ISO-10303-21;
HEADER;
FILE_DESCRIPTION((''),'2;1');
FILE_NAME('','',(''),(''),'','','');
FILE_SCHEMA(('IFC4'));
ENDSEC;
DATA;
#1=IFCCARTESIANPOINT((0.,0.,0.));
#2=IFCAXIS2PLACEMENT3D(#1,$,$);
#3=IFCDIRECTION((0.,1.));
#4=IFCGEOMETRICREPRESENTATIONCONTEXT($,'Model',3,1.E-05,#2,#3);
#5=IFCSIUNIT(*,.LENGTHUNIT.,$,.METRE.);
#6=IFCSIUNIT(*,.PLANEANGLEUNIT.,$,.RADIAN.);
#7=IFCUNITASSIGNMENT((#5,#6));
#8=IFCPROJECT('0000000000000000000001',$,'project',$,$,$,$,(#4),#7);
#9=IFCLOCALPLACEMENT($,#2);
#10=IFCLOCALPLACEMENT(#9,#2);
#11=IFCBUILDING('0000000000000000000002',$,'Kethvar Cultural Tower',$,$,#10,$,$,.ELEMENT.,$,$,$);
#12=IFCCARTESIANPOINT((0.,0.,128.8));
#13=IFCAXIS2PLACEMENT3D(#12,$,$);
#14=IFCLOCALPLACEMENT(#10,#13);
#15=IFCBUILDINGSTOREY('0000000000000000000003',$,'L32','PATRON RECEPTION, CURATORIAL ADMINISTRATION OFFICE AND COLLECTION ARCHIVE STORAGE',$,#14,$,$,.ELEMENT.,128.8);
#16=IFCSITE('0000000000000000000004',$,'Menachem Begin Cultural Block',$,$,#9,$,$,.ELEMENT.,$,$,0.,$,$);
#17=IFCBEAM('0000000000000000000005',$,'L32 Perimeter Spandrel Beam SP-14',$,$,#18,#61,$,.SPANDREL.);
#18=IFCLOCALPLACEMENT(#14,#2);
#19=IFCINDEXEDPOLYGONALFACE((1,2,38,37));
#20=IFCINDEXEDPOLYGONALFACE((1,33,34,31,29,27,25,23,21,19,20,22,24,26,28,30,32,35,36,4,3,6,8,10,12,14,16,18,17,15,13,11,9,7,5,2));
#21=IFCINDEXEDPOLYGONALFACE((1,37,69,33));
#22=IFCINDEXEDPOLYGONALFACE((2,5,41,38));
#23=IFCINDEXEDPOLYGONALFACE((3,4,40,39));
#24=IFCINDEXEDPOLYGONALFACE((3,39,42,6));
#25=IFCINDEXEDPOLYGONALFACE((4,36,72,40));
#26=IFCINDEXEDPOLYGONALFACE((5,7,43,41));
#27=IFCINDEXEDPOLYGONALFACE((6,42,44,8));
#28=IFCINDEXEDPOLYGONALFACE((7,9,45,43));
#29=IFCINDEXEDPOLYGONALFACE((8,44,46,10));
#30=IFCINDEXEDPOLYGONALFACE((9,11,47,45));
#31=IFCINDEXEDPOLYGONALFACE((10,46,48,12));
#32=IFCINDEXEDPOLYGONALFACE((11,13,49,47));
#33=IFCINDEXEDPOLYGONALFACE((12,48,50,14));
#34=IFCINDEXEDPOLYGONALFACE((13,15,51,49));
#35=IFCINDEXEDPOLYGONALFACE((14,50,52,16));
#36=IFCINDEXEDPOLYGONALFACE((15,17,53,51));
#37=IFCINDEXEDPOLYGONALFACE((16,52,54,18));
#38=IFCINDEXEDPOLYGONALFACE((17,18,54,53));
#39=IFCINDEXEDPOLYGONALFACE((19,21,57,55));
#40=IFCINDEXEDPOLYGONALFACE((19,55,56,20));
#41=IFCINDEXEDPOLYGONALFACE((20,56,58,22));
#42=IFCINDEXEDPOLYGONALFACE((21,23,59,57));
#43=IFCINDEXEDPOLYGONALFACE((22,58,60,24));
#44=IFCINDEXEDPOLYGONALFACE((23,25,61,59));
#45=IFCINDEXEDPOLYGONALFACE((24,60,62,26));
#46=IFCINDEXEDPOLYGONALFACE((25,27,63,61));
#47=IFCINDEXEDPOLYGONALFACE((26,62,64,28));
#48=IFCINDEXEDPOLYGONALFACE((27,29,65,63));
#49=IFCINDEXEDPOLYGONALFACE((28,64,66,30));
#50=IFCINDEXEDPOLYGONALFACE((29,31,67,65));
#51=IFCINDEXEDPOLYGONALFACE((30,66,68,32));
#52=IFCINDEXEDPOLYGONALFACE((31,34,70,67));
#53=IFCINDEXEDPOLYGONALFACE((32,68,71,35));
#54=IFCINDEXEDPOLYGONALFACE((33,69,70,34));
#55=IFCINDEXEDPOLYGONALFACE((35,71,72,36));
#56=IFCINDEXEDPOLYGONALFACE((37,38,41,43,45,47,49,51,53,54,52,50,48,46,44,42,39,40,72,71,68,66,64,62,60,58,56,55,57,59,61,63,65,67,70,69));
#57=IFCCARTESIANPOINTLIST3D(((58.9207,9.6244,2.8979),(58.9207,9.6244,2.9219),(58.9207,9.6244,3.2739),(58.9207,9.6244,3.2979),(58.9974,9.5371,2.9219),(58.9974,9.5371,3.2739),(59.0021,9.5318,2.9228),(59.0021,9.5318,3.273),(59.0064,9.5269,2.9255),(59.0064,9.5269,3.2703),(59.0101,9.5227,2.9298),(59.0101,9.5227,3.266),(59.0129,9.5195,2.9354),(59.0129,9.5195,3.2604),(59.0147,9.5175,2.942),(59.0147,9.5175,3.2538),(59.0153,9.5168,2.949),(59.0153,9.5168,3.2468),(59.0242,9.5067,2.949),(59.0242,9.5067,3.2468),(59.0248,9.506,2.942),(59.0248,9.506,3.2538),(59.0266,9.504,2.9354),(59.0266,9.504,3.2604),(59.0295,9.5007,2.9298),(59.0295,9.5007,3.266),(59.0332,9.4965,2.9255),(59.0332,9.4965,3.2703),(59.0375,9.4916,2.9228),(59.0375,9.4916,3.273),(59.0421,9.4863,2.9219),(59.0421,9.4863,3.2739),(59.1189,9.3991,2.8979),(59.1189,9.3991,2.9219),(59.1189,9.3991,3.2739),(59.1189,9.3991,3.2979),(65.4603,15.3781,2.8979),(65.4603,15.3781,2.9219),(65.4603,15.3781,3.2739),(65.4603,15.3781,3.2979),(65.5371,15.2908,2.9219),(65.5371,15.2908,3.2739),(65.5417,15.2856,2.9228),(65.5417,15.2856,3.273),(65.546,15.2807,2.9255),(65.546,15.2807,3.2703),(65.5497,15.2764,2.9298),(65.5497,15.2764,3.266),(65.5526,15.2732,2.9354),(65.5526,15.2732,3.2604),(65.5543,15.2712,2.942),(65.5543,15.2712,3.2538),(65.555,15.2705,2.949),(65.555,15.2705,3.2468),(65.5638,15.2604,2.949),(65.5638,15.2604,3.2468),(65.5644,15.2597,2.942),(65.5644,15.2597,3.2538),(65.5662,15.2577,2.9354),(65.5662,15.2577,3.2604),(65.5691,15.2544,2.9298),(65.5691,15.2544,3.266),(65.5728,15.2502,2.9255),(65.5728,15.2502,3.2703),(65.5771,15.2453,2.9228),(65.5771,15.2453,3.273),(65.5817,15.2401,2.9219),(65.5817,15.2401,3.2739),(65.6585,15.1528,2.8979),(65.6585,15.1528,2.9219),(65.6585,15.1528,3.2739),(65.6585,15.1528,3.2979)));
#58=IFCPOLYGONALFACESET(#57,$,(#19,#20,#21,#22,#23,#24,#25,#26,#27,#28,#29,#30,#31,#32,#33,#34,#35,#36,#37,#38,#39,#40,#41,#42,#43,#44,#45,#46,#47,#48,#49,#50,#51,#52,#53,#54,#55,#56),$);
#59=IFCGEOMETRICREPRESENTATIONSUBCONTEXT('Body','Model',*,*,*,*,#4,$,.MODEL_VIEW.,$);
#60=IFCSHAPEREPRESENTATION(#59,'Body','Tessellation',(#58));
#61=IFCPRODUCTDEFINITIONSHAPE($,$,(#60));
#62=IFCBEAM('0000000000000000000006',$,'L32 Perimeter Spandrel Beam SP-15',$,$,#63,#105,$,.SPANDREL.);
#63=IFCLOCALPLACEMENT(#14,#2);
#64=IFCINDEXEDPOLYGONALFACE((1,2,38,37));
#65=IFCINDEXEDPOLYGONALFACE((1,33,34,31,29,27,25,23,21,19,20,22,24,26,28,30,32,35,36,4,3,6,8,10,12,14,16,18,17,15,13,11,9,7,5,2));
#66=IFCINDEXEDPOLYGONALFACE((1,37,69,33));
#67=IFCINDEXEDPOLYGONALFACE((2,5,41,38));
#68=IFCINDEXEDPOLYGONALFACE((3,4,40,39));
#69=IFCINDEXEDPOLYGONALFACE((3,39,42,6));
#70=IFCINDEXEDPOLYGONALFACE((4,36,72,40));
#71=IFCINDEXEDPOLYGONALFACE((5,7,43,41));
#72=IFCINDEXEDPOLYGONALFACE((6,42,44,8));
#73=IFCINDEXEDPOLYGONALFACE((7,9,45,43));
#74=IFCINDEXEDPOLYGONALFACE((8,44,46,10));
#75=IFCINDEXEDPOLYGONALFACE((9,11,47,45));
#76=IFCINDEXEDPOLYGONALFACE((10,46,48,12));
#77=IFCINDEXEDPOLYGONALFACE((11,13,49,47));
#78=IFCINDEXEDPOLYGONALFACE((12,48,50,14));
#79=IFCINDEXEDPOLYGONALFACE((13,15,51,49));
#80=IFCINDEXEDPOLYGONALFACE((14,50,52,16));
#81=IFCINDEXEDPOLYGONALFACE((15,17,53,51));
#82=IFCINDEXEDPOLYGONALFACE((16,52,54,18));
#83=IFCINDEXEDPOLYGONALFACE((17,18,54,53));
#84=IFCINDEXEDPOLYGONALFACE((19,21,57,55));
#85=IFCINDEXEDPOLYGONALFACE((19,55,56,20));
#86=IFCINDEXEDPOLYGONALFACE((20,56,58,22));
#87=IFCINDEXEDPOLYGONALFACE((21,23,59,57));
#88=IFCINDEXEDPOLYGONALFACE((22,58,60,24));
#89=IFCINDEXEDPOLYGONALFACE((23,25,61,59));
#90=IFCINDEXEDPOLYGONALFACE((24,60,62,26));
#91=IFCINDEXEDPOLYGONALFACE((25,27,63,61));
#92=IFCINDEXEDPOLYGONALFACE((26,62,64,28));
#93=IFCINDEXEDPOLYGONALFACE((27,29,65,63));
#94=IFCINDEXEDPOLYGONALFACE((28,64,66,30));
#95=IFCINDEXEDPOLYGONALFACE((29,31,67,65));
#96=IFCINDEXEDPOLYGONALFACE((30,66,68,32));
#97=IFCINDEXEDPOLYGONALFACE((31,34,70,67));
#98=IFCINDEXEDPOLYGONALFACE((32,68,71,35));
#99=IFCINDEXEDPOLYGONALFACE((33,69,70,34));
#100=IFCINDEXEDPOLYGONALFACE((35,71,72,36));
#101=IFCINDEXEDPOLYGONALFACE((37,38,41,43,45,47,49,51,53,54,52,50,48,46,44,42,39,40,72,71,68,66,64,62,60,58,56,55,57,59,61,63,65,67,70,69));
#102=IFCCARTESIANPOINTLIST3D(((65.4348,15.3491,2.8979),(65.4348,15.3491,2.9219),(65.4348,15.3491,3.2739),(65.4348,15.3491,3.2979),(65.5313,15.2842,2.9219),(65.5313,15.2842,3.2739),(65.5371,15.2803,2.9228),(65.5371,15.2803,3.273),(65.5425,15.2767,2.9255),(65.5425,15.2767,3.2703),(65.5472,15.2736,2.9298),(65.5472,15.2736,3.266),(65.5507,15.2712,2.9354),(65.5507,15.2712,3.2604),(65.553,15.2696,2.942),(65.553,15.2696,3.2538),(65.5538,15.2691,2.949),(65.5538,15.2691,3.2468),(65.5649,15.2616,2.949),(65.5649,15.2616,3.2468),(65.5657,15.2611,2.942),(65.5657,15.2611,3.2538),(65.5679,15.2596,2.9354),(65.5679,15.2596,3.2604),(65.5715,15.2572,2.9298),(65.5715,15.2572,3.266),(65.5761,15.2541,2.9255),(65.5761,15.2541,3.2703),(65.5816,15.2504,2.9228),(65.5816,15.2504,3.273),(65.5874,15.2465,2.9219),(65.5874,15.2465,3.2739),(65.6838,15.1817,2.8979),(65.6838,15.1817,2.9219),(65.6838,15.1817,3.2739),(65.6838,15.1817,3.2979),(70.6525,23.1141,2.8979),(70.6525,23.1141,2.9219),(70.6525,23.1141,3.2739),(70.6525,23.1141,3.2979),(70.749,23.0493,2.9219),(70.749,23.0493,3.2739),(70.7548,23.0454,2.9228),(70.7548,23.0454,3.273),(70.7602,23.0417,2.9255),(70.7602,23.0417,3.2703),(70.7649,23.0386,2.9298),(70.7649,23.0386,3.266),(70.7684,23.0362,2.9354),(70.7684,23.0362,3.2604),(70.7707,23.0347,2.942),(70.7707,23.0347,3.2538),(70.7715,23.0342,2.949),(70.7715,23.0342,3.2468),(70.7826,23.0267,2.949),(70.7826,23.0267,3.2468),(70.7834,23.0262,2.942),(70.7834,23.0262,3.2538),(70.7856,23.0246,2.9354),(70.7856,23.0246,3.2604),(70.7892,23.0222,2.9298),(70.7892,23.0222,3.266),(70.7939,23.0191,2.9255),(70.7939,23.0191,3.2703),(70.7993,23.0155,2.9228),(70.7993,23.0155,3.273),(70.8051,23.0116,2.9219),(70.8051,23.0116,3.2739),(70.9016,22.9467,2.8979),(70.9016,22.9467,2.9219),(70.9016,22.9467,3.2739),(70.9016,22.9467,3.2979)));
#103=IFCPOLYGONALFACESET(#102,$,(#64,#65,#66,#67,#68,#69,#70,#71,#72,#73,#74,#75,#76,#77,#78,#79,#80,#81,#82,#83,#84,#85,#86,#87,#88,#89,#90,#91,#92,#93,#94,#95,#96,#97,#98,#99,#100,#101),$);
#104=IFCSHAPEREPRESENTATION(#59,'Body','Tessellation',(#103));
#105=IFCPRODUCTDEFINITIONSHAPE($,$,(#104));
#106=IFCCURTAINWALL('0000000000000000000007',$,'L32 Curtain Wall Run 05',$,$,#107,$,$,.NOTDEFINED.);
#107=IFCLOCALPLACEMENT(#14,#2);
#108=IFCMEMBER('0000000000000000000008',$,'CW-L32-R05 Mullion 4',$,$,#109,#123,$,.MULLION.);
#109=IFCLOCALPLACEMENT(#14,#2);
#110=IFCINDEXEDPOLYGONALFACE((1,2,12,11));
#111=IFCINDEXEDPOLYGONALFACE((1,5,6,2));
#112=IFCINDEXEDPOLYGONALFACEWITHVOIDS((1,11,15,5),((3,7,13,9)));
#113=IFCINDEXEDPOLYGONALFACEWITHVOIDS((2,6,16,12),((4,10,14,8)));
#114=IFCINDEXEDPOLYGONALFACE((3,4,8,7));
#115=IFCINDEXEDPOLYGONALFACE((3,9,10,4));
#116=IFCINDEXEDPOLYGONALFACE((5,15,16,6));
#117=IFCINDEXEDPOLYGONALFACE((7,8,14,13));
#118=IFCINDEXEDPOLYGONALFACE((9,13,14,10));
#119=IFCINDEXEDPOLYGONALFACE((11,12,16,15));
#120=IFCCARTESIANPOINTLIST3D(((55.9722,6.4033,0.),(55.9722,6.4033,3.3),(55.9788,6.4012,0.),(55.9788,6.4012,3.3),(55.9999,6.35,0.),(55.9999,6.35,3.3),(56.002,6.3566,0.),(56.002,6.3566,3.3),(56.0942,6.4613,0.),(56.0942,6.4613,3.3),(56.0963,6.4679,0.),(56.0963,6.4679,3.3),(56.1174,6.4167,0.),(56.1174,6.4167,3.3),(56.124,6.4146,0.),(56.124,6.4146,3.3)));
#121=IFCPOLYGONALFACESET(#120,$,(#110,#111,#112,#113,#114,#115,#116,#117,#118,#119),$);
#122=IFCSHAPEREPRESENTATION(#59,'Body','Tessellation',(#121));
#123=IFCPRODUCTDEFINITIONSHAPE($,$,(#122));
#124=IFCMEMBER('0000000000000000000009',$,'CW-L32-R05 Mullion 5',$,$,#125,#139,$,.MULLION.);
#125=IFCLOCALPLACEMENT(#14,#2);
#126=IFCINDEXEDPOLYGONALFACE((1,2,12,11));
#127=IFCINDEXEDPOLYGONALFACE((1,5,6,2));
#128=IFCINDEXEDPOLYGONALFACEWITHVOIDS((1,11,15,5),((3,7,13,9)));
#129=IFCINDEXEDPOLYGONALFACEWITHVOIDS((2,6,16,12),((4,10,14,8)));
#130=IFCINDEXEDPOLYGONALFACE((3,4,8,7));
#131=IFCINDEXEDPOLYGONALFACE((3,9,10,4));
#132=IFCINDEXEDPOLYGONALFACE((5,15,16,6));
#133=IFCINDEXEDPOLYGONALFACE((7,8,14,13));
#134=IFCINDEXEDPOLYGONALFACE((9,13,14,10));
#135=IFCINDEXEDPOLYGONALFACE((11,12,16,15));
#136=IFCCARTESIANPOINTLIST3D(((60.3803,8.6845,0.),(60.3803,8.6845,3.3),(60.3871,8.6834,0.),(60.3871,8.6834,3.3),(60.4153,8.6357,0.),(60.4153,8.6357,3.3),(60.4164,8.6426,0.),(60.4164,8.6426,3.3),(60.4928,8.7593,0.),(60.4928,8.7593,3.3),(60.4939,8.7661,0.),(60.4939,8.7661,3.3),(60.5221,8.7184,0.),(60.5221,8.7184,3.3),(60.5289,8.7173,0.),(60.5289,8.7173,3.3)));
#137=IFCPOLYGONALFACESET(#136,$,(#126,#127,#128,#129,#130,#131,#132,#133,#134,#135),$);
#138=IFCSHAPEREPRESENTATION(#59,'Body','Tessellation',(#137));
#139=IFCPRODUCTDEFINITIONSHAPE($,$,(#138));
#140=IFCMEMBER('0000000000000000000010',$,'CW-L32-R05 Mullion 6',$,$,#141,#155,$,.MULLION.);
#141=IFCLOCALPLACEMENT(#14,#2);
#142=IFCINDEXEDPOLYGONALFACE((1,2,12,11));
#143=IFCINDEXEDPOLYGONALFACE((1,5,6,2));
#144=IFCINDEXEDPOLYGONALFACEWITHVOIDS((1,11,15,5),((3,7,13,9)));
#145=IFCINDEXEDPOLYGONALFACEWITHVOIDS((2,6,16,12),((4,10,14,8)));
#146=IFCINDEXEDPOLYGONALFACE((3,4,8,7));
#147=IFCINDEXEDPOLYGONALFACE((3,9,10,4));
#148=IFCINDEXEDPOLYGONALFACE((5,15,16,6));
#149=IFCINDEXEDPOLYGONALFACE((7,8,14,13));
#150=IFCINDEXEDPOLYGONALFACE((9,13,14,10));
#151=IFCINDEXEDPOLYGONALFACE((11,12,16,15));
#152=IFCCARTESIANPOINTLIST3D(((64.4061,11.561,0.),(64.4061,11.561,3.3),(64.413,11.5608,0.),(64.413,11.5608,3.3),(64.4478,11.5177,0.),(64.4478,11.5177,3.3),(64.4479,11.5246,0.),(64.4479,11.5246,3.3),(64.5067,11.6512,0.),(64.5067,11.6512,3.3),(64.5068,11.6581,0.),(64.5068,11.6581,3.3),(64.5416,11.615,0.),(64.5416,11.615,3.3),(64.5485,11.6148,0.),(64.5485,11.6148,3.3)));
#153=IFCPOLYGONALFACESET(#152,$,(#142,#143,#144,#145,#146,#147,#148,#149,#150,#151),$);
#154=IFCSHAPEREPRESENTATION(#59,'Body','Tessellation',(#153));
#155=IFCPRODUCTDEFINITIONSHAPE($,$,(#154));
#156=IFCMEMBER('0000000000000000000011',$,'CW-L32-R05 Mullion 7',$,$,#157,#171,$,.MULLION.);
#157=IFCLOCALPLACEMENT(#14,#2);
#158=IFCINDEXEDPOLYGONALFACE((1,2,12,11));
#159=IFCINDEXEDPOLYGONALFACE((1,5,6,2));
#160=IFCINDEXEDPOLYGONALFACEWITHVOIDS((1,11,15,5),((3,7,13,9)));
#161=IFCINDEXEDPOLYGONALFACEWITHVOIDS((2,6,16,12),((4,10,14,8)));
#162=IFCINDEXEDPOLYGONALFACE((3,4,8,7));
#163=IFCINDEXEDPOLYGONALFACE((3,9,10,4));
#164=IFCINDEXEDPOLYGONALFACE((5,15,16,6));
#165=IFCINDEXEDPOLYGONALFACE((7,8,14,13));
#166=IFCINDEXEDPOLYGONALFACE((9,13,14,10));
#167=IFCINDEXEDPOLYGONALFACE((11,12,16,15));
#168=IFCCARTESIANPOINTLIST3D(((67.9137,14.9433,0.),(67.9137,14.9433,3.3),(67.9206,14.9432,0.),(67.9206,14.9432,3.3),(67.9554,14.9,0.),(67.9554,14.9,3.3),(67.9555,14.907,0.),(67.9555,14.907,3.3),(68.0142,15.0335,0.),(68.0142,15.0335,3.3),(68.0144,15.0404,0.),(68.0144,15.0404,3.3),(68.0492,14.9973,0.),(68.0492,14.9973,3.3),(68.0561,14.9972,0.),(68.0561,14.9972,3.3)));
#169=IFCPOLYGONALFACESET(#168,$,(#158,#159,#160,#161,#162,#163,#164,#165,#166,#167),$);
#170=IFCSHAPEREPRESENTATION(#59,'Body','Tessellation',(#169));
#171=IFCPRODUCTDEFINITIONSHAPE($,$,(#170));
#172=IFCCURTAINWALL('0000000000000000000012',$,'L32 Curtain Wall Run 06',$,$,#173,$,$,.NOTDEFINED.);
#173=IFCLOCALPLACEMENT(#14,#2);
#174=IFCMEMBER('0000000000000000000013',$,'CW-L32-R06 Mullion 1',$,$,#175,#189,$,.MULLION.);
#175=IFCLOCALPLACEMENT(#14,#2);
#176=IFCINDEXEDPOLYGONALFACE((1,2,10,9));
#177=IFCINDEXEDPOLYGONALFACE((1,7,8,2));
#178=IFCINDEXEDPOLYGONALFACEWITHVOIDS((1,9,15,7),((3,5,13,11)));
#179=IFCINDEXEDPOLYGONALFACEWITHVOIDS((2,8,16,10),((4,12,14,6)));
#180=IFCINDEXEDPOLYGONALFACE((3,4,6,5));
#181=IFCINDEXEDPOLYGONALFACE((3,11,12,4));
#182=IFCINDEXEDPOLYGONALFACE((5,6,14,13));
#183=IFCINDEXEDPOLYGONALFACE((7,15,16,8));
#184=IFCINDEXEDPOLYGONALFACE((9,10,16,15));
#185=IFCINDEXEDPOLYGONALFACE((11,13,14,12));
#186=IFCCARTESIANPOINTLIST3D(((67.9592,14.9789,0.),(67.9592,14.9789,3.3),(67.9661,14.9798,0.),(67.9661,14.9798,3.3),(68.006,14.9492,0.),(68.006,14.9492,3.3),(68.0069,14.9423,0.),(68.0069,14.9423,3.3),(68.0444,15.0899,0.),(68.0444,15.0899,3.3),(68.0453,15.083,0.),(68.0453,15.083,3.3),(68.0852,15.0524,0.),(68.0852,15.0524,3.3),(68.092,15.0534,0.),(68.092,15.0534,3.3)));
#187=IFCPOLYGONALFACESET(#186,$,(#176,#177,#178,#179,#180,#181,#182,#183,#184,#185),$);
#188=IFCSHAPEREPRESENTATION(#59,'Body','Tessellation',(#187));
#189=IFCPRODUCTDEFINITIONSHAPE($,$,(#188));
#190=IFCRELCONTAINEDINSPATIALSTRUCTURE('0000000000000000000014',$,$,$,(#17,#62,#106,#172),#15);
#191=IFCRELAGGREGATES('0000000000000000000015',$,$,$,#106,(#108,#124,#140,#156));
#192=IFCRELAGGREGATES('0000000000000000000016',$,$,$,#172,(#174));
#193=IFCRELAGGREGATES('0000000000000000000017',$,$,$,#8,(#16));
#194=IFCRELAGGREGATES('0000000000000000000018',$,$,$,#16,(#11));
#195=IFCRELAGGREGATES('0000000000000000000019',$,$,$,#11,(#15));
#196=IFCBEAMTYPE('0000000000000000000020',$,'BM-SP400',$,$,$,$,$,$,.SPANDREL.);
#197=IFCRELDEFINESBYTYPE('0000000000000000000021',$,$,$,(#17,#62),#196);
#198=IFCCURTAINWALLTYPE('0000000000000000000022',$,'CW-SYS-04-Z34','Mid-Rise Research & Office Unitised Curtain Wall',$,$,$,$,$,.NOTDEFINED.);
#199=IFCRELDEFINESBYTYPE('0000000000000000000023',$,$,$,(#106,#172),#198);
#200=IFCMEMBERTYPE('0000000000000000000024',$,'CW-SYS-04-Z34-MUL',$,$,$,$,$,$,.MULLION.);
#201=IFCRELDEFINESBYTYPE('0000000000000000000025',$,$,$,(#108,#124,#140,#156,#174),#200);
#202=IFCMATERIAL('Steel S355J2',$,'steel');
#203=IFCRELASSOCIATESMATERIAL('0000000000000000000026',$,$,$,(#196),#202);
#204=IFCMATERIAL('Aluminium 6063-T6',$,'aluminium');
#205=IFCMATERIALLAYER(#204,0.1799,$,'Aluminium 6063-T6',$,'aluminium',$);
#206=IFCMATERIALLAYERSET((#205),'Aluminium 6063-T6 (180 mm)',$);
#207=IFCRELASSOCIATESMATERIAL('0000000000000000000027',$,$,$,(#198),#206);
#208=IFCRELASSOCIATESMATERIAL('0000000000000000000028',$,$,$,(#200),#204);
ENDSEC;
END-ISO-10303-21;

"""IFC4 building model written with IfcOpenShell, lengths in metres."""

from ifc_helpers import new_model, si_unit, direction, frame, origin, origin_2d, place, context, subcontext, project, spatial, hollow_rectangle, i_section, extrude, source, transform, mapped, material, layer, layer_set, material_profile, profile_set, type_object, element, aggregate, save


model = new_model("IFC4")

# Units and contexts
model_context = context("Model", 3, precision=1e-05, world=origin(), true_north=direction((0.0, 1.0)))
body_context = subcontext(model_context, "Body", "Model", "MODEL_VIEW")
ifc_project = project(units=[si_unit("LENGTHUNIT", "METRE"), si_unit("PLANEANGLEUNIT", "RADIAN")], contexts=[model_context])

# Site, building, storey
site_placement = place(None, origin())
site = spatial("IfcSite", under=ifc_project, at=site_placement, Name="Menachem Begin Cultural Block", CompositionType="ELEMENT", RefElevation=0.0)
building_placement = place(site_placement, origin())
building = spatial("IfcBuilding", under=site, at=building_placement, Name="Kethvar Cultural Tower", CompositionType="ELEMENT")
storey_placement = place(building_placement, frame((0.0, 0.0, 128.8)))
storey = spatial("IfcBuildingStorey", under=building, at=storey_placement, Name="L32", Description="PATRON RECEPTION, CURATORIAL ADMINISTRATION OFFICE AND COLLECTION ARCHIVE STORAGE", CompositionType="ELEMENT", Elevation=128.8)

# Beams
ifc_material_1 = material(Name="Steel S355J2", Category="steel")
ifc_material_profile_1 = material_profile(ifc_material_1, i_section(OverallWidth=0.3, OverallDepth=0.3999, WebThickness=0.0134, FlangeThickness=0.0239, FilletRadius=0.0271, at=origin_2d()), Name="Steel S355J2 — HEB400")
ifc_profile_set_1 = profile_set([ifc_material_profile_1], Name="Steel S355J2 — HEB400")
beam_type_1 = type_object("IfcBeamType", Name="BM-SP400", PredefinedType="SPANDREL", material=ifc_profile_set_1)
shared_shape_1 = source(origin(), body_context, "Body", "SweptSolid", [
    extrude(i_section(OverallWidth=0.3, OverallDepth=0.3999, WebThickness=0.0134, FlangeThickness=0.0239, FilletRadius=0.0271, at=origin_2d()), origin(), (0.0, 0.0, 1.0), 8.7104),
])
beam_1_placement = place(storey_placement, frame((59.0198, 9.5117, 3.0979), z_axis=(0.750779, 0.660554, 0.0), x_axis=(-0.660554, 0.750779, 0.0)))
element("IfcBeam", 1, at=beam_1_placement, inside=storey, type_object=beam_type_1, Name="L32 Perimeter Spandrel Beam SP-14", PredefinedType="SPANDREL", context=body_context, shape_type="MappedRepresentation", body=[
    mapped(shared_shape_1, transform((0.0, 0.0, 0.0), scale=1.0)),
])
shared_shape_2 = source(origin(), body_context, "Body", "SweptSolid", [
    extrude(i_section(OverallWidth=0.3, OverallDepth=0.3999, WebThickness=0.0134, FlangeThickness=0.0239, FilletRadius=0.0271, at=origin_2d()), origin(), (0.0, 0.0, 1.0), 9.3552),
])
beam_2_placement = place(storey_placement, frame((65.5593, 15.2654, 3.0979), z_axis=(0.557732, 0.830021, 0.0), x_axis=(-0.830021, 0.557732, 0.0)))
element("IfcBeam", 2, at=beam_2_placement, inside=storey, type_object=beam_type_1, Name="L32 Perimeter Spandrel Beam SP-15", PredefinedType="SPANDREL", context=body_context, shape_type="MappedRepresentation", body=[
    mapped(shared_shape_2, transform((0.0, 0.0, 0.0), scale=1.0)),
])

# Curtain wall, members
ifc_material_2 = material(Name="Aluminium 6063-T6", Category="aluminium")
ifc_layer_1 = layer(ifc_material_2, 0.1799, Name="Aluminium 6063-T6", Category="aluminium")
ifc_layer_set_1 = layer_set([ifc_layer_1], Name="Aluminium 6063-T6 (180 mm)")
curtain_wall_type = type_object("IfcCurtainWallType", Name="CW-SYS-04-Z34", Description="Mid-Rise Research & Office Unitised Curtain Wall", PredefinedType="NOTDEFINED", material=ifc_layer_set_1)
curtain_wall_1_placement = place(storey_placement, origin())
curtain_wall_1 = element("IfcCurtainWall", 3, at=curtain_wall_1_placement, inside=storey, type_object=curtain_wall_type, Name="L32 Curtain Wall Run 05", PredefinedType="NOTDEFINED")
ifc_material_profile_2 = material_profile(ifc_material_2, hollow_rectangle(XDim=0.0601, YDim=0.1399, WallThickness=0.0049, at=origin_2d()), Name="Aluminium 6063-T6 — RHS140x60x5")
ifc_profile_set_2 = profile_set([ifc_material_profile_2], Name="Aluminium 6063-T6 — RHS140x60x5")
member_type_1 = type_object("IfcMemberType", Name="CW-SYS-04-Z34-MUL", PredefinedType="MULLION", material=ifc_profile_set_2)
shared_shape_3 = source(origin(), body_context, "Body", "SweptSolid", [
    extrude(hollow_rectangle(XDim=0.0601, YDim=0.1399, WallThickness=0.0049, at=origin_2d()), origin(), (0.0, 0.0, 1.0), 3.3),
])
member_1_placement = place(storey_placement, frame((56.0481, 6.4089, 0.0), z_axis=(0.0, 0.0, 1.0), x_axis=(-0.461656, 0.887059, 0.0)))
member_1 = element("IfcMember", 4, at=member_1_placement, type_object=member_type_1, Name="CW-L32-R05 Mullion 4", PredefinedType="MULLION", context=body_context, shape_type="MappedRepresentation", body=[
    mapped(shared_shape_3, transform((0.0, 0.0, 0.0), scale=1.0)),
])
member_2_placement = place(storey_placement, frame((60.4546, 8.7009, 0.0), z_axis=(0.0, 0.0, 1.0), x_axis=(-0.583229, 0.812308, 0.0)))
member_2 = element("IfcMember", 5, at=member_2_placement, type_object=member_type_1, Name="CW-L32-R05 Mullion 5", PredefinedType="MULLION", context=body_context, shape_type="MappedRepresentation", body=[
    mapped(shared_shape_3, transform((0.0, 0.0, 0.0), scale=1.0)),
])
member_3_placement = place(storey_placement, frame((64.4773, 11.5879, 0.0), z_axis=(0.0, 0.0, 1.0), x_axis=(-0.694143, 0.719837, 0.0)))
member_3 = element("IfcMember", 6, at=member_3_placement, type_object=member_type_1, Name="CW-L32-R05 Mullion 6", PredefinedType="MULLION", context=body_context, shape_type="MappedRepresentation", body=[
    mapped(shared_shape_3, transform((0.0, 0.0, 0.0), scale=1.0)),
])
member_4_placement = place(storey_placement, frame((67.9849, 14.9702, 0.0), z_axis=(0.0, 0.0, 1.0), x_axis=(-0.694143, 0.719837, 0.0)))
member_4 = element("IfcMember", 7, at=member_4_placement, type_object=member_type_1, Name="CW-L32-R05 Mullion 7", PredefinedType="MULLION", context=body_context, shape_type="MappedRepresentation", body=[
    mapped(shared_shape_3, transform((0.0, 0.0, 0.0), scale=1.0)),
])

# Curtain wall, member
curtain_wall_2_placement = place(storey_placement, origin())
curtain_wall_2 = element("IfcCurtainWall", 8, at=curtain_wall_2_placement, inside=storey, type_object=curtain_wall_type, Name="L32 Curtain Wall Run 06", PredefinedType="NOTDEFINED")
member_5_placement = place(storey_placement, frame((68.0256, 15.0161, 0.0), z_axis=(0.0, 0.0, 1.0), x_axis=(-0.793608, 0.608429, 0.0)))
member_5 = element("IfcMember", 9, at=member_5_placement, type_object=member_type_1, Name="CW-L32-R06 Mullion 1", PredefinedType="MULLION", context=body_context, shape_type="MappedRepresentation", body=[
    mapped(shared_shape_3, transform((0.0, 0.0, 0.0), scale=1.0)),
])

aggregate(curtain_wall_1, [member_1, member_2, member_3, member_4])
aggregate(curtain_wall_2, [member_5])

save(model, "model.ifc")
